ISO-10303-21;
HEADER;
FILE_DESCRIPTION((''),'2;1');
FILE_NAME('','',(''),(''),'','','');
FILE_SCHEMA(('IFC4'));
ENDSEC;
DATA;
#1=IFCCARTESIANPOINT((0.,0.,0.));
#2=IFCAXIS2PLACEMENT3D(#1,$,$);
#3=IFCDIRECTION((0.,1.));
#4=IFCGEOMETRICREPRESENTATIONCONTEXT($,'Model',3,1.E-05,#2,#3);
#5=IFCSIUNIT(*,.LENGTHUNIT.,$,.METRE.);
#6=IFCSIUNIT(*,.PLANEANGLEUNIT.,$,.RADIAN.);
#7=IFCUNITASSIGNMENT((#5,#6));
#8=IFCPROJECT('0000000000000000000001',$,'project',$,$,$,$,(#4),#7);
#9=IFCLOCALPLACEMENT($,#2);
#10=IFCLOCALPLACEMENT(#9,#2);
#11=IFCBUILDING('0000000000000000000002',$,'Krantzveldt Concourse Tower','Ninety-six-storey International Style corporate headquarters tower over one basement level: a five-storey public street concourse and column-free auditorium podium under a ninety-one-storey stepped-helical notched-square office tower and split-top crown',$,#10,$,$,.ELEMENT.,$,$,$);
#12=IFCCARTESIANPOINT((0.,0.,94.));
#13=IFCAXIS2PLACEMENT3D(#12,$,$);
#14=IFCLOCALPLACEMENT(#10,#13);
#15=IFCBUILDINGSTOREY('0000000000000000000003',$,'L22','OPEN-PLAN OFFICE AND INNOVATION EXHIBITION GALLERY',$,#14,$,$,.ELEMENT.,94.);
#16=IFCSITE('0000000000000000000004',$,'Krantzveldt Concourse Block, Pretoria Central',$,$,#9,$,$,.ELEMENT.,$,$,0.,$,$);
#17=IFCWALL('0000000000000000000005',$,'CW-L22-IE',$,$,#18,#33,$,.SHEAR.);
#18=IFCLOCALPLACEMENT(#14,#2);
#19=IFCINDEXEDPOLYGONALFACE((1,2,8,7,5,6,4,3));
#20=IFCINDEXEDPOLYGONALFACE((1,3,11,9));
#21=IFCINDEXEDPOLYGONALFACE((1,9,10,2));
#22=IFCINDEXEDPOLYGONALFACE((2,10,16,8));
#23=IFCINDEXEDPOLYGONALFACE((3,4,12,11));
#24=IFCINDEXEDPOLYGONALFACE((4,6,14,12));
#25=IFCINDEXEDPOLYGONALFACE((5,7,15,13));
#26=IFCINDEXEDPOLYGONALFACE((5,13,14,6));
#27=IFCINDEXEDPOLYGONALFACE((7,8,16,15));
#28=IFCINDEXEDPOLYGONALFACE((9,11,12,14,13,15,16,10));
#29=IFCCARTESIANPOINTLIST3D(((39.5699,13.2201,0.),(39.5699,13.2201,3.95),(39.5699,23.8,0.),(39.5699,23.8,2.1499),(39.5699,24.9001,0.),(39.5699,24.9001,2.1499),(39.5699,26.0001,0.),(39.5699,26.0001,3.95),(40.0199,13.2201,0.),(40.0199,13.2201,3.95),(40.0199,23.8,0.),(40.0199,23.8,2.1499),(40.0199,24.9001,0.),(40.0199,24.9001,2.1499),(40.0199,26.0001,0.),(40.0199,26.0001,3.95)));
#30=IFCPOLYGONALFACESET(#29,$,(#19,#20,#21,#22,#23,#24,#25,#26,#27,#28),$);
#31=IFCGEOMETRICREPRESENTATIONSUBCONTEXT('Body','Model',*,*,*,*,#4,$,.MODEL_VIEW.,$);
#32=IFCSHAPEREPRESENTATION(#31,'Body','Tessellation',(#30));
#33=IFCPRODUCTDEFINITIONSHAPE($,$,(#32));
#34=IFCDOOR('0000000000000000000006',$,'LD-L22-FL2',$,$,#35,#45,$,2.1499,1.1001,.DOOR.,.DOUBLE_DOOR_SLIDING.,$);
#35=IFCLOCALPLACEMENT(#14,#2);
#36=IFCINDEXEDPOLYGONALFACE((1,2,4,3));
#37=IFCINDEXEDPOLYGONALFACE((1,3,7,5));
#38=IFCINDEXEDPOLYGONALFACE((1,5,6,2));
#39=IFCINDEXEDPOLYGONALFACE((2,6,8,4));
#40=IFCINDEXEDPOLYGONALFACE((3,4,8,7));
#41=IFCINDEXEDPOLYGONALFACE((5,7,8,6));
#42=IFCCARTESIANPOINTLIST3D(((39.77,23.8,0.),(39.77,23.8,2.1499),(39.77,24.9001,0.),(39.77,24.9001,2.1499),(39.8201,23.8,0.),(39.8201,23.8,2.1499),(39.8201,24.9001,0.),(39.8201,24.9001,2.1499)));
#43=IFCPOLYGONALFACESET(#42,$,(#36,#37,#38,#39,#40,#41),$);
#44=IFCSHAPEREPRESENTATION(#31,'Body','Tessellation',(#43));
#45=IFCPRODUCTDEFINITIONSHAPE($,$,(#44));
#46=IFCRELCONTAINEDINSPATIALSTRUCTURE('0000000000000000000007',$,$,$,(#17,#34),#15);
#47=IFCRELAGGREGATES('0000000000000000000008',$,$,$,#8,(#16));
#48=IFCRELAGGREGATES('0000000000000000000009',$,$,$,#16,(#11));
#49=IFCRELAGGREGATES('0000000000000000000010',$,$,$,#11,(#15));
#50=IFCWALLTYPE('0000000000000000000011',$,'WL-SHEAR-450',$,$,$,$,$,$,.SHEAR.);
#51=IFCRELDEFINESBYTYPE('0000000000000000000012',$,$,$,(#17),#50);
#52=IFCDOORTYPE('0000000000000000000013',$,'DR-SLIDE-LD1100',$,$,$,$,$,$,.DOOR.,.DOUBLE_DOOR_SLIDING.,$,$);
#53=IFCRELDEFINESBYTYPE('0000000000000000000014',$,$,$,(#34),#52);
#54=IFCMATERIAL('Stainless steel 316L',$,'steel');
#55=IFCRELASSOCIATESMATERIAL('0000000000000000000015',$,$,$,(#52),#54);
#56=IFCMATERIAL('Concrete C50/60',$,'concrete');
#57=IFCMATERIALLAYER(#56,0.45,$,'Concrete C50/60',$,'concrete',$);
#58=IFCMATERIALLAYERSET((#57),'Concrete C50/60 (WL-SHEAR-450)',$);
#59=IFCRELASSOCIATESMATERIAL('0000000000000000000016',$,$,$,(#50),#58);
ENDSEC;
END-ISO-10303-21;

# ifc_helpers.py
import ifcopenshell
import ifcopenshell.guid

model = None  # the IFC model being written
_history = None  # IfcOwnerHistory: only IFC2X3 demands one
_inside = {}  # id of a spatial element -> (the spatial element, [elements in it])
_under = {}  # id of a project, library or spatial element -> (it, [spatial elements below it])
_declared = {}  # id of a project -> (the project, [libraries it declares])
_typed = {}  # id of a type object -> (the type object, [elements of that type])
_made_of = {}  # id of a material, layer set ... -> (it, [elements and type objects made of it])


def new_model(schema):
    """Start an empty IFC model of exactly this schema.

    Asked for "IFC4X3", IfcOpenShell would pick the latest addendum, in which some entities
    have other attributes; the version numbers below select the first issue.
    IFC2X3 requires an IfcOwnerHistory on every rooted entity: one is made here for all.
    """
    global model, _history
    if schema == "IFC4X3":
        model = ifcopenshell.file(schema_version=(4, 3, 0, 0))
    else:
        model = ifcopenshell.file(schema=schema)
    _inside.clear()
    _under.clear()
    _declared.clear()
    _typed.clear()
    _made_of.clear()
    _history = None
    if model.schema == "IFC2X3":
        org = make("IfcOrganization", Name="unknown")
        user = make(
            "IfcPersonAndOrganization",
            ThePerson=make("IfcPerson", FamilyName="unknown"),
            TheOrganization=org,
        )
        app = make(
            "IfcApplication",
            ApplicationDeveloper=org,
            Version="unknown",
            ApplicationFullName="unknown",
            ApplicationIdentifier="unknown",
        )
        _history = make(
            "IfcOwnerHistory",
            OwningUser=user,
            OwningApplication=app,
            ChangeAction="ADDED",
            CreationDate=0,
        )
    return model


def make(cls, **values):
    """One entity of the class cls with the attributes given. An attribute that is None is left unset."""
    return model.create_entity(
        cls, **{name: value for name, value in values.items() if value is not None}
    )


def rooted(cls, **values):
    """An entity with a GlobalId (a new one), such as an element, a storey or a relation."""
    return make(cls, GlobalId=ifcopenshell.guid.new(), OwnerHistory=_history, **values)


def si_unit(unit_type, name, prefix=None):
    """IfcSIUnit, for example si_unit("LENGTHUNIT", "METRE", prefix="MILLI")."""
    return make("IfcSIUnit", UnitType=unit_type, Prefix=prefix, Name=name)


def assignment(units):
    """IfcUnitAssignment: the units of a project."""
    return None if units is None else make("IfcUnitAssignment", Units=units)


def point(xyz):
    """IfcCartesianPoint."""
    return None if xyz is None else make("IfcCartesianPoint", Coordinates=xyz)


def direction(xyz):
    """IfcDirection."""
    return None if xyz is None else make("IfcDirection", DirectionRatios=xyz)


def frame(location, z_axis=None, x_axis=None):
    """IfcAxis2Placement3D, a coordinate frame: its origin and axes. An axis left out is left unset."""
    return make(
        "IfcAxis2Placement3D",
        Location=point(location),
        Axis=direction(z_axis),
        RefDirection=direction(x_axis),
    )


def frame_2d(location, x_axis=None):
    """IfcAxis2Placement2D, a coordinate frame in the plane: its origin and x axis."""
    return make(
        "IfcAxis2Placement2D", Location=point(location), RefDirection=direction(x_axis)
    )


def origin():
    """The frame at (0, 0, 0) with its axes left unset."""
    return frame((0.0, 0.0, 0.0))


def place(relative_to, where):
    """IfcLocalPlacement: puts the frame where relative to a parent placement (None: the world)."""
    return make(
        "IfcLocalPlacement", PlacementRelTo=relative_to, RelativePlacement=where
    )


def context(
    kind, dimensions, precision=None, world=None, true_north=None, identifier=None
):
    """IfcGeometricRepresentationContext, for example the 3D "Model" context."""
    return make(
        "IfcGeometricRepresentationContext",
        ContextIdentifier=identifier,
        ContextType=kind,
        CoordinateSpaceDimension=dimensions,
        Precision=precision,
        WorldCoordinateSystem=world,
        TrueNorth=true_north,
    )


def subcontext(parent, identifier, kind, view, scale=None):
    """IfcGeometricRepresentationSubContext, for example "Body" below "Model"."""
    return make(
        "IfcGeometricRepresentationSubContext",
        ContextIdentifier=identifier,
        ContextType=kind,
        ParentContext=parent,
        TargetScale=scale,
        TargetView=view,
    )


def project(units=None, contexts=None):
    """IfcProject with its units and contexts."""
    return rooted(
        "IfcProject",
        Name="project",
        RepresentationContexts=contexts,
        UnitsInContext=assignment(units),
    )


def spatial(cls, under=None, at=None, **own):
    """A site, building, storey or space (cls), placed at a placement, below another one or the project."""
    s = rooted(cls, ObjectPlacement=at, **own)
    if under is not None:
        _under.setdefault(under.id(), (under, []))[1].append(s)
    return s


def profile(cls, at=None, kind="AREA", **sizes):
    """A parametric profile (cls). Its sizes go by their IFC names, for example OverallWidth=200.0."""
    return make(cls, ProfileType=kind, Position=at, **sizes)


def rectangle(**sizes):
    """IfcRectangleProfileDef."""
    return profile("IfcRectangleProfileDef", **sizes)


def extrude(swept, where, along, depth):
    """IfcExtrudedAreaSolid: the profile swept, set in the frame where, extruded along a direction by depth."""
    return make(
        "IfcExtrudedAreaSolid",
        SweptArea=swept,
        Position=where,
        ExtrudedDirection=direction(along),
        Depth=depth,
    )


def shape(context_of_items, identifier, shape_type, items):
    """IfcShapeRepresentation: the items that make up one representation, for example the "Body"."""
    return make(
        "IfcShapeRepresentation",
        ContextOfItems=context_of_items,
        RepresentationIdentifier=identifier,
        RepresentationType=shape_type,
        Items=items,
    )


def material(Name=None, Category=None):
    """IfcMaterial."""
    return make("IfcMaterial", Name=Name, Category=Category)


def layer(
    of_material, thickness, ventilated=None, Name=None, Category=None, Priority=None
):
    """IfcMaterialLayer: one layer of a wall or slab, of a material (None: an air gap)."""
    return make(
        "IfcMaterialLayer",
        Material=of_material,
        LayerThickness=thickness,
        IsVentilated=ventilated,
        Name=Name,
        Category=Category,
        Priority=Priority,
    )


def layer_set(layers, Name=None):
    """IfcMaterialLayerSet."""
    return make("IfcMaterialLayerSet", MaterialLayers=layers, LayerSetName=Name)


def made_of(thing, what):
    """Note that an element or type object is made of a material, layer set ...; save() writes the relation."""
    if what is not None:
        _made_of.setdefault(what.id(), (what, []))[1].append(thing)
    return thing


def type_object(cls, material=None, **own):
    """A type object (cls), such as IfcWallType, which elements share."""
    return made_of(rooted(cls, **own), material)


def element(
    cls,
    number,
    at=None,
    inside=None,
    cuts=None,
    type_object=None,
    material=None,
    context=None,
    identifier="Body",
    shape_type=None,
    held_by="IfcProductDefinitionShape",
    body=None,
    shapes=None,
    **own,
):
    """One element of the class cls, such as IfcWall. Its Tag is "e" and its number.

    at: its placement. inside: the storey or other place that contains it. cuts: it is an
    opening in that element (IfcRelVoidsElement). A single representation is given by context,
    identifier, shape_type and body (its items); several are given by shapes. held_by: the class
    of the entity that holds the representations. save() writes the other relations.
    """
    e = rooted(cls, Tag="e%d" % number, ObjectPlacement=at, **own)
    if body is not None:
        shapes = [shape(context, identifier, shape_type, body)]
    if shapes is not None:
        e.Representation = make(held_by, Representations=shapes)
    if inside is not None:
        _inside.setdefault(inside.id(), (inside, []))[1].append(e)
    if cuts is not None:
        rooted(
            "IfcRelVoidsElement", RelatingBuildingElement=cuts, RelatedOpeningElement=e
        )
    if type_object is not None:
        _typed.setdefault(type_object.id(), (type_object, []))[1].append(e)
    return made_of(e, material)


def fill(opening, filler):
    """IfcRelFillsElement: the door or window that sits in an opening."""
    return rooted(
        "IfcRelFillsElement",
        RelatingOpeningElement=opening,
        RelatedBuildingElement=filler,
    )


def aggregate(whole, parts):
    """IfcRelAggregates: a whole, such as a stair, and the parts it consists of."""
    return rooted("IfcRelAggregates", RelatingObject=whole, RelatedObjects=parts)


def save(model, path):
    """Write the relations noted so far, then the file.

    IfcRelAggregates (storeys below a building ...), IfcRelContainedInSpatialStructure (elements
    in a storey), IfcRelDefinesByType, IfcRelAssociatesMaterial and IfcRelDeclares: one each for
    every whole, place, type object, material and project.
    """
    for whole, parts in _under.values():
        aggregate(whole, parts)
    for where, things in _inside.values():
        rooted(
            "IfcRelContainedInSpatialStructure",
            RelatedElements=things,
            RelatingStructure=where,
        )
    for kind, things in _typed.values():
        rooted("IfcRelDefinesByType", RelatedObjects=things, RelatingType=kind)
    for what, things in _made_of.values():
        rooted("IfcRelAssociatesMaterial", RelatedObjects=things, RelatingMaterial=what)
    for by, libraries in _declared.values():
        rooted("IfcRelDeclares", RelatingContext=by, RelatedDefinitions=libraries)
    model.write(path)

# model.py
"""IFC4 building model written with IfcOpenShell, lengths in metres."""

from ifc_helpers import new_model, si_unit, direction, frame, frame_2d, origin, place, context, subcontext, project, spatial, rectangle, extrude, material, layer, layer_set, type_object, element, fill, save


model = new_model("IFC4")

# Units and contexts
model_context = context("Model", 3, precision=1e-05, world=origin(), true_north=direction((0.0, 1.0)))
body_context = subcontext(model_context, "Body", "Model", "MODEL_VIEW")
ifc_project = project(units=[si_unit("LENGTHUNIT", "METRE"), si_unit("PLANEANGLEUNIT", "RADIAN")], contexts=[model_context])

# Site, building, storey
site_placement = place(None, origin())
site = spatial("IfcSite", under=ifc_project, at=site_placement, Name="Krantzveldt Concourse Block, Pretoria Central", CompositionType="ELEMENT", RefElevation=0.0)
building_placement = place(site_placement, origin())
building = spatial("IfcBuilding", under=site, at=building_placement, Name="Krantzveldt Concourse Tower", Description="Ninety-six-storey International Style corporate headquarters tower over one basement level: a five-storey public street concourse and column-free auditorium podium under a ninety-one-storey stepped-helical notched-square office tower and split-top crown", CompositionType="ELEMENT")
storey_placement = place(building_placement, frame((0.0, 0.0, 94.0)))
storey = spatial("IfcBuildingStorey", under=building, at=storey_placement, Name="L22", Description="OPEN-PLAN OFFICE AND INNOVATION EXHIBITION GALLERY", CompositionType="ELEMENT", Elevation=94.0)

# Shared definitions
ifc_material_1 = material(Name="Stainless steel 316L", Category="steel")
door_type = type_object("IfcDoorType", Name="DR-SLIDE-LD1100", OperationType="DOUBLE_DOOR_SLIDING", PredefinedType="DOOR", material=ifc_material_1)

# Shared definitions
ifc_material_2 = material(Name="Concrete C50/60", Category="concrete")

# Wall, opening, door
ifc_layer_1 = layer(ifc_material_2, 0.45, Name="Concrete C50/60", Category="concrete")
ifc_layer_set_1 = layer_set([ifc_layer_1], Name="Concrete C50/60 (WL-SHEAR-450)")
wall_type_1 = type_object("IfcWallType", Name="WL-SHEAR-450", PredefinedType="SHEAR", material=ifc_layer_set_1)
wall_1_placement = place(storey_placement, frame((39.7949, 13.22, 0.0), z_axis=(0.0, 0.0, 1.0), x_axis=(0.0, 1.0, 0.0)))
wall_1 = element("IfcWall", 1, at=wall_1_placement, inside=storey, type_object=wall_type_1, Name="CW-L22-IE", PredefinedType="SHEAR", context=body_context, shape_type="SweptSolid", body=[
    extrude(rectangle(XDim=12.78, YDim=0.45, at=frame_2d((6.3901, 0.0))), origin(), (0.0, 0.0, 1.0), 3.95),
])
opening_1_placement = place(wall_1_placement, frame((10.5801, 0.0, 0.0)))
opening_1 = element("IfcOpeningElement", 2, at=opening_1_placement, cuts=wall_1, PredefinedType="OPENING", context=body_context, shape_type="SweptSolid", body=[
    extrude(rectangle(XDim=1.1001, YDim=2.1499, at=frame_2d((0.55, 1.075))), frame((0.0, 0.2349, 0.0), z_axis=(0.0, -1.0, 0.0), x_axis=(1.0, 0.0, 0.0)), (0.0, 0.0, 1.0), 0.47),
])
door_1_placement = place(opening_1_placement, origin())
door_1 = element("IfcDoor", 3, at=door_1_placement, inside=storey, type_object=door_type, Name="LD-L22-FL2", OperationType="DOUBLE_DOOR_SLIDING", OverallHeight=2.1499, OverallWidth=1.1001, PredefinedType="DOOR", context=body_context, shape_type="SweptSolid", body=[
    extrude(rectangle(XDim=1.1001, YDim=2.1499, at=frame_2d((0.55, 1.075))), frame((0.0, 0.0249, 0.0), z_axis=(0.0, -1.0, 0.0), x_axis=(1.0, 0.0, 0.0)), (0.0, 0.0, 1.0), 0.05),
])
fill(opening_1, door_1)

save(model, "model.ifc")
